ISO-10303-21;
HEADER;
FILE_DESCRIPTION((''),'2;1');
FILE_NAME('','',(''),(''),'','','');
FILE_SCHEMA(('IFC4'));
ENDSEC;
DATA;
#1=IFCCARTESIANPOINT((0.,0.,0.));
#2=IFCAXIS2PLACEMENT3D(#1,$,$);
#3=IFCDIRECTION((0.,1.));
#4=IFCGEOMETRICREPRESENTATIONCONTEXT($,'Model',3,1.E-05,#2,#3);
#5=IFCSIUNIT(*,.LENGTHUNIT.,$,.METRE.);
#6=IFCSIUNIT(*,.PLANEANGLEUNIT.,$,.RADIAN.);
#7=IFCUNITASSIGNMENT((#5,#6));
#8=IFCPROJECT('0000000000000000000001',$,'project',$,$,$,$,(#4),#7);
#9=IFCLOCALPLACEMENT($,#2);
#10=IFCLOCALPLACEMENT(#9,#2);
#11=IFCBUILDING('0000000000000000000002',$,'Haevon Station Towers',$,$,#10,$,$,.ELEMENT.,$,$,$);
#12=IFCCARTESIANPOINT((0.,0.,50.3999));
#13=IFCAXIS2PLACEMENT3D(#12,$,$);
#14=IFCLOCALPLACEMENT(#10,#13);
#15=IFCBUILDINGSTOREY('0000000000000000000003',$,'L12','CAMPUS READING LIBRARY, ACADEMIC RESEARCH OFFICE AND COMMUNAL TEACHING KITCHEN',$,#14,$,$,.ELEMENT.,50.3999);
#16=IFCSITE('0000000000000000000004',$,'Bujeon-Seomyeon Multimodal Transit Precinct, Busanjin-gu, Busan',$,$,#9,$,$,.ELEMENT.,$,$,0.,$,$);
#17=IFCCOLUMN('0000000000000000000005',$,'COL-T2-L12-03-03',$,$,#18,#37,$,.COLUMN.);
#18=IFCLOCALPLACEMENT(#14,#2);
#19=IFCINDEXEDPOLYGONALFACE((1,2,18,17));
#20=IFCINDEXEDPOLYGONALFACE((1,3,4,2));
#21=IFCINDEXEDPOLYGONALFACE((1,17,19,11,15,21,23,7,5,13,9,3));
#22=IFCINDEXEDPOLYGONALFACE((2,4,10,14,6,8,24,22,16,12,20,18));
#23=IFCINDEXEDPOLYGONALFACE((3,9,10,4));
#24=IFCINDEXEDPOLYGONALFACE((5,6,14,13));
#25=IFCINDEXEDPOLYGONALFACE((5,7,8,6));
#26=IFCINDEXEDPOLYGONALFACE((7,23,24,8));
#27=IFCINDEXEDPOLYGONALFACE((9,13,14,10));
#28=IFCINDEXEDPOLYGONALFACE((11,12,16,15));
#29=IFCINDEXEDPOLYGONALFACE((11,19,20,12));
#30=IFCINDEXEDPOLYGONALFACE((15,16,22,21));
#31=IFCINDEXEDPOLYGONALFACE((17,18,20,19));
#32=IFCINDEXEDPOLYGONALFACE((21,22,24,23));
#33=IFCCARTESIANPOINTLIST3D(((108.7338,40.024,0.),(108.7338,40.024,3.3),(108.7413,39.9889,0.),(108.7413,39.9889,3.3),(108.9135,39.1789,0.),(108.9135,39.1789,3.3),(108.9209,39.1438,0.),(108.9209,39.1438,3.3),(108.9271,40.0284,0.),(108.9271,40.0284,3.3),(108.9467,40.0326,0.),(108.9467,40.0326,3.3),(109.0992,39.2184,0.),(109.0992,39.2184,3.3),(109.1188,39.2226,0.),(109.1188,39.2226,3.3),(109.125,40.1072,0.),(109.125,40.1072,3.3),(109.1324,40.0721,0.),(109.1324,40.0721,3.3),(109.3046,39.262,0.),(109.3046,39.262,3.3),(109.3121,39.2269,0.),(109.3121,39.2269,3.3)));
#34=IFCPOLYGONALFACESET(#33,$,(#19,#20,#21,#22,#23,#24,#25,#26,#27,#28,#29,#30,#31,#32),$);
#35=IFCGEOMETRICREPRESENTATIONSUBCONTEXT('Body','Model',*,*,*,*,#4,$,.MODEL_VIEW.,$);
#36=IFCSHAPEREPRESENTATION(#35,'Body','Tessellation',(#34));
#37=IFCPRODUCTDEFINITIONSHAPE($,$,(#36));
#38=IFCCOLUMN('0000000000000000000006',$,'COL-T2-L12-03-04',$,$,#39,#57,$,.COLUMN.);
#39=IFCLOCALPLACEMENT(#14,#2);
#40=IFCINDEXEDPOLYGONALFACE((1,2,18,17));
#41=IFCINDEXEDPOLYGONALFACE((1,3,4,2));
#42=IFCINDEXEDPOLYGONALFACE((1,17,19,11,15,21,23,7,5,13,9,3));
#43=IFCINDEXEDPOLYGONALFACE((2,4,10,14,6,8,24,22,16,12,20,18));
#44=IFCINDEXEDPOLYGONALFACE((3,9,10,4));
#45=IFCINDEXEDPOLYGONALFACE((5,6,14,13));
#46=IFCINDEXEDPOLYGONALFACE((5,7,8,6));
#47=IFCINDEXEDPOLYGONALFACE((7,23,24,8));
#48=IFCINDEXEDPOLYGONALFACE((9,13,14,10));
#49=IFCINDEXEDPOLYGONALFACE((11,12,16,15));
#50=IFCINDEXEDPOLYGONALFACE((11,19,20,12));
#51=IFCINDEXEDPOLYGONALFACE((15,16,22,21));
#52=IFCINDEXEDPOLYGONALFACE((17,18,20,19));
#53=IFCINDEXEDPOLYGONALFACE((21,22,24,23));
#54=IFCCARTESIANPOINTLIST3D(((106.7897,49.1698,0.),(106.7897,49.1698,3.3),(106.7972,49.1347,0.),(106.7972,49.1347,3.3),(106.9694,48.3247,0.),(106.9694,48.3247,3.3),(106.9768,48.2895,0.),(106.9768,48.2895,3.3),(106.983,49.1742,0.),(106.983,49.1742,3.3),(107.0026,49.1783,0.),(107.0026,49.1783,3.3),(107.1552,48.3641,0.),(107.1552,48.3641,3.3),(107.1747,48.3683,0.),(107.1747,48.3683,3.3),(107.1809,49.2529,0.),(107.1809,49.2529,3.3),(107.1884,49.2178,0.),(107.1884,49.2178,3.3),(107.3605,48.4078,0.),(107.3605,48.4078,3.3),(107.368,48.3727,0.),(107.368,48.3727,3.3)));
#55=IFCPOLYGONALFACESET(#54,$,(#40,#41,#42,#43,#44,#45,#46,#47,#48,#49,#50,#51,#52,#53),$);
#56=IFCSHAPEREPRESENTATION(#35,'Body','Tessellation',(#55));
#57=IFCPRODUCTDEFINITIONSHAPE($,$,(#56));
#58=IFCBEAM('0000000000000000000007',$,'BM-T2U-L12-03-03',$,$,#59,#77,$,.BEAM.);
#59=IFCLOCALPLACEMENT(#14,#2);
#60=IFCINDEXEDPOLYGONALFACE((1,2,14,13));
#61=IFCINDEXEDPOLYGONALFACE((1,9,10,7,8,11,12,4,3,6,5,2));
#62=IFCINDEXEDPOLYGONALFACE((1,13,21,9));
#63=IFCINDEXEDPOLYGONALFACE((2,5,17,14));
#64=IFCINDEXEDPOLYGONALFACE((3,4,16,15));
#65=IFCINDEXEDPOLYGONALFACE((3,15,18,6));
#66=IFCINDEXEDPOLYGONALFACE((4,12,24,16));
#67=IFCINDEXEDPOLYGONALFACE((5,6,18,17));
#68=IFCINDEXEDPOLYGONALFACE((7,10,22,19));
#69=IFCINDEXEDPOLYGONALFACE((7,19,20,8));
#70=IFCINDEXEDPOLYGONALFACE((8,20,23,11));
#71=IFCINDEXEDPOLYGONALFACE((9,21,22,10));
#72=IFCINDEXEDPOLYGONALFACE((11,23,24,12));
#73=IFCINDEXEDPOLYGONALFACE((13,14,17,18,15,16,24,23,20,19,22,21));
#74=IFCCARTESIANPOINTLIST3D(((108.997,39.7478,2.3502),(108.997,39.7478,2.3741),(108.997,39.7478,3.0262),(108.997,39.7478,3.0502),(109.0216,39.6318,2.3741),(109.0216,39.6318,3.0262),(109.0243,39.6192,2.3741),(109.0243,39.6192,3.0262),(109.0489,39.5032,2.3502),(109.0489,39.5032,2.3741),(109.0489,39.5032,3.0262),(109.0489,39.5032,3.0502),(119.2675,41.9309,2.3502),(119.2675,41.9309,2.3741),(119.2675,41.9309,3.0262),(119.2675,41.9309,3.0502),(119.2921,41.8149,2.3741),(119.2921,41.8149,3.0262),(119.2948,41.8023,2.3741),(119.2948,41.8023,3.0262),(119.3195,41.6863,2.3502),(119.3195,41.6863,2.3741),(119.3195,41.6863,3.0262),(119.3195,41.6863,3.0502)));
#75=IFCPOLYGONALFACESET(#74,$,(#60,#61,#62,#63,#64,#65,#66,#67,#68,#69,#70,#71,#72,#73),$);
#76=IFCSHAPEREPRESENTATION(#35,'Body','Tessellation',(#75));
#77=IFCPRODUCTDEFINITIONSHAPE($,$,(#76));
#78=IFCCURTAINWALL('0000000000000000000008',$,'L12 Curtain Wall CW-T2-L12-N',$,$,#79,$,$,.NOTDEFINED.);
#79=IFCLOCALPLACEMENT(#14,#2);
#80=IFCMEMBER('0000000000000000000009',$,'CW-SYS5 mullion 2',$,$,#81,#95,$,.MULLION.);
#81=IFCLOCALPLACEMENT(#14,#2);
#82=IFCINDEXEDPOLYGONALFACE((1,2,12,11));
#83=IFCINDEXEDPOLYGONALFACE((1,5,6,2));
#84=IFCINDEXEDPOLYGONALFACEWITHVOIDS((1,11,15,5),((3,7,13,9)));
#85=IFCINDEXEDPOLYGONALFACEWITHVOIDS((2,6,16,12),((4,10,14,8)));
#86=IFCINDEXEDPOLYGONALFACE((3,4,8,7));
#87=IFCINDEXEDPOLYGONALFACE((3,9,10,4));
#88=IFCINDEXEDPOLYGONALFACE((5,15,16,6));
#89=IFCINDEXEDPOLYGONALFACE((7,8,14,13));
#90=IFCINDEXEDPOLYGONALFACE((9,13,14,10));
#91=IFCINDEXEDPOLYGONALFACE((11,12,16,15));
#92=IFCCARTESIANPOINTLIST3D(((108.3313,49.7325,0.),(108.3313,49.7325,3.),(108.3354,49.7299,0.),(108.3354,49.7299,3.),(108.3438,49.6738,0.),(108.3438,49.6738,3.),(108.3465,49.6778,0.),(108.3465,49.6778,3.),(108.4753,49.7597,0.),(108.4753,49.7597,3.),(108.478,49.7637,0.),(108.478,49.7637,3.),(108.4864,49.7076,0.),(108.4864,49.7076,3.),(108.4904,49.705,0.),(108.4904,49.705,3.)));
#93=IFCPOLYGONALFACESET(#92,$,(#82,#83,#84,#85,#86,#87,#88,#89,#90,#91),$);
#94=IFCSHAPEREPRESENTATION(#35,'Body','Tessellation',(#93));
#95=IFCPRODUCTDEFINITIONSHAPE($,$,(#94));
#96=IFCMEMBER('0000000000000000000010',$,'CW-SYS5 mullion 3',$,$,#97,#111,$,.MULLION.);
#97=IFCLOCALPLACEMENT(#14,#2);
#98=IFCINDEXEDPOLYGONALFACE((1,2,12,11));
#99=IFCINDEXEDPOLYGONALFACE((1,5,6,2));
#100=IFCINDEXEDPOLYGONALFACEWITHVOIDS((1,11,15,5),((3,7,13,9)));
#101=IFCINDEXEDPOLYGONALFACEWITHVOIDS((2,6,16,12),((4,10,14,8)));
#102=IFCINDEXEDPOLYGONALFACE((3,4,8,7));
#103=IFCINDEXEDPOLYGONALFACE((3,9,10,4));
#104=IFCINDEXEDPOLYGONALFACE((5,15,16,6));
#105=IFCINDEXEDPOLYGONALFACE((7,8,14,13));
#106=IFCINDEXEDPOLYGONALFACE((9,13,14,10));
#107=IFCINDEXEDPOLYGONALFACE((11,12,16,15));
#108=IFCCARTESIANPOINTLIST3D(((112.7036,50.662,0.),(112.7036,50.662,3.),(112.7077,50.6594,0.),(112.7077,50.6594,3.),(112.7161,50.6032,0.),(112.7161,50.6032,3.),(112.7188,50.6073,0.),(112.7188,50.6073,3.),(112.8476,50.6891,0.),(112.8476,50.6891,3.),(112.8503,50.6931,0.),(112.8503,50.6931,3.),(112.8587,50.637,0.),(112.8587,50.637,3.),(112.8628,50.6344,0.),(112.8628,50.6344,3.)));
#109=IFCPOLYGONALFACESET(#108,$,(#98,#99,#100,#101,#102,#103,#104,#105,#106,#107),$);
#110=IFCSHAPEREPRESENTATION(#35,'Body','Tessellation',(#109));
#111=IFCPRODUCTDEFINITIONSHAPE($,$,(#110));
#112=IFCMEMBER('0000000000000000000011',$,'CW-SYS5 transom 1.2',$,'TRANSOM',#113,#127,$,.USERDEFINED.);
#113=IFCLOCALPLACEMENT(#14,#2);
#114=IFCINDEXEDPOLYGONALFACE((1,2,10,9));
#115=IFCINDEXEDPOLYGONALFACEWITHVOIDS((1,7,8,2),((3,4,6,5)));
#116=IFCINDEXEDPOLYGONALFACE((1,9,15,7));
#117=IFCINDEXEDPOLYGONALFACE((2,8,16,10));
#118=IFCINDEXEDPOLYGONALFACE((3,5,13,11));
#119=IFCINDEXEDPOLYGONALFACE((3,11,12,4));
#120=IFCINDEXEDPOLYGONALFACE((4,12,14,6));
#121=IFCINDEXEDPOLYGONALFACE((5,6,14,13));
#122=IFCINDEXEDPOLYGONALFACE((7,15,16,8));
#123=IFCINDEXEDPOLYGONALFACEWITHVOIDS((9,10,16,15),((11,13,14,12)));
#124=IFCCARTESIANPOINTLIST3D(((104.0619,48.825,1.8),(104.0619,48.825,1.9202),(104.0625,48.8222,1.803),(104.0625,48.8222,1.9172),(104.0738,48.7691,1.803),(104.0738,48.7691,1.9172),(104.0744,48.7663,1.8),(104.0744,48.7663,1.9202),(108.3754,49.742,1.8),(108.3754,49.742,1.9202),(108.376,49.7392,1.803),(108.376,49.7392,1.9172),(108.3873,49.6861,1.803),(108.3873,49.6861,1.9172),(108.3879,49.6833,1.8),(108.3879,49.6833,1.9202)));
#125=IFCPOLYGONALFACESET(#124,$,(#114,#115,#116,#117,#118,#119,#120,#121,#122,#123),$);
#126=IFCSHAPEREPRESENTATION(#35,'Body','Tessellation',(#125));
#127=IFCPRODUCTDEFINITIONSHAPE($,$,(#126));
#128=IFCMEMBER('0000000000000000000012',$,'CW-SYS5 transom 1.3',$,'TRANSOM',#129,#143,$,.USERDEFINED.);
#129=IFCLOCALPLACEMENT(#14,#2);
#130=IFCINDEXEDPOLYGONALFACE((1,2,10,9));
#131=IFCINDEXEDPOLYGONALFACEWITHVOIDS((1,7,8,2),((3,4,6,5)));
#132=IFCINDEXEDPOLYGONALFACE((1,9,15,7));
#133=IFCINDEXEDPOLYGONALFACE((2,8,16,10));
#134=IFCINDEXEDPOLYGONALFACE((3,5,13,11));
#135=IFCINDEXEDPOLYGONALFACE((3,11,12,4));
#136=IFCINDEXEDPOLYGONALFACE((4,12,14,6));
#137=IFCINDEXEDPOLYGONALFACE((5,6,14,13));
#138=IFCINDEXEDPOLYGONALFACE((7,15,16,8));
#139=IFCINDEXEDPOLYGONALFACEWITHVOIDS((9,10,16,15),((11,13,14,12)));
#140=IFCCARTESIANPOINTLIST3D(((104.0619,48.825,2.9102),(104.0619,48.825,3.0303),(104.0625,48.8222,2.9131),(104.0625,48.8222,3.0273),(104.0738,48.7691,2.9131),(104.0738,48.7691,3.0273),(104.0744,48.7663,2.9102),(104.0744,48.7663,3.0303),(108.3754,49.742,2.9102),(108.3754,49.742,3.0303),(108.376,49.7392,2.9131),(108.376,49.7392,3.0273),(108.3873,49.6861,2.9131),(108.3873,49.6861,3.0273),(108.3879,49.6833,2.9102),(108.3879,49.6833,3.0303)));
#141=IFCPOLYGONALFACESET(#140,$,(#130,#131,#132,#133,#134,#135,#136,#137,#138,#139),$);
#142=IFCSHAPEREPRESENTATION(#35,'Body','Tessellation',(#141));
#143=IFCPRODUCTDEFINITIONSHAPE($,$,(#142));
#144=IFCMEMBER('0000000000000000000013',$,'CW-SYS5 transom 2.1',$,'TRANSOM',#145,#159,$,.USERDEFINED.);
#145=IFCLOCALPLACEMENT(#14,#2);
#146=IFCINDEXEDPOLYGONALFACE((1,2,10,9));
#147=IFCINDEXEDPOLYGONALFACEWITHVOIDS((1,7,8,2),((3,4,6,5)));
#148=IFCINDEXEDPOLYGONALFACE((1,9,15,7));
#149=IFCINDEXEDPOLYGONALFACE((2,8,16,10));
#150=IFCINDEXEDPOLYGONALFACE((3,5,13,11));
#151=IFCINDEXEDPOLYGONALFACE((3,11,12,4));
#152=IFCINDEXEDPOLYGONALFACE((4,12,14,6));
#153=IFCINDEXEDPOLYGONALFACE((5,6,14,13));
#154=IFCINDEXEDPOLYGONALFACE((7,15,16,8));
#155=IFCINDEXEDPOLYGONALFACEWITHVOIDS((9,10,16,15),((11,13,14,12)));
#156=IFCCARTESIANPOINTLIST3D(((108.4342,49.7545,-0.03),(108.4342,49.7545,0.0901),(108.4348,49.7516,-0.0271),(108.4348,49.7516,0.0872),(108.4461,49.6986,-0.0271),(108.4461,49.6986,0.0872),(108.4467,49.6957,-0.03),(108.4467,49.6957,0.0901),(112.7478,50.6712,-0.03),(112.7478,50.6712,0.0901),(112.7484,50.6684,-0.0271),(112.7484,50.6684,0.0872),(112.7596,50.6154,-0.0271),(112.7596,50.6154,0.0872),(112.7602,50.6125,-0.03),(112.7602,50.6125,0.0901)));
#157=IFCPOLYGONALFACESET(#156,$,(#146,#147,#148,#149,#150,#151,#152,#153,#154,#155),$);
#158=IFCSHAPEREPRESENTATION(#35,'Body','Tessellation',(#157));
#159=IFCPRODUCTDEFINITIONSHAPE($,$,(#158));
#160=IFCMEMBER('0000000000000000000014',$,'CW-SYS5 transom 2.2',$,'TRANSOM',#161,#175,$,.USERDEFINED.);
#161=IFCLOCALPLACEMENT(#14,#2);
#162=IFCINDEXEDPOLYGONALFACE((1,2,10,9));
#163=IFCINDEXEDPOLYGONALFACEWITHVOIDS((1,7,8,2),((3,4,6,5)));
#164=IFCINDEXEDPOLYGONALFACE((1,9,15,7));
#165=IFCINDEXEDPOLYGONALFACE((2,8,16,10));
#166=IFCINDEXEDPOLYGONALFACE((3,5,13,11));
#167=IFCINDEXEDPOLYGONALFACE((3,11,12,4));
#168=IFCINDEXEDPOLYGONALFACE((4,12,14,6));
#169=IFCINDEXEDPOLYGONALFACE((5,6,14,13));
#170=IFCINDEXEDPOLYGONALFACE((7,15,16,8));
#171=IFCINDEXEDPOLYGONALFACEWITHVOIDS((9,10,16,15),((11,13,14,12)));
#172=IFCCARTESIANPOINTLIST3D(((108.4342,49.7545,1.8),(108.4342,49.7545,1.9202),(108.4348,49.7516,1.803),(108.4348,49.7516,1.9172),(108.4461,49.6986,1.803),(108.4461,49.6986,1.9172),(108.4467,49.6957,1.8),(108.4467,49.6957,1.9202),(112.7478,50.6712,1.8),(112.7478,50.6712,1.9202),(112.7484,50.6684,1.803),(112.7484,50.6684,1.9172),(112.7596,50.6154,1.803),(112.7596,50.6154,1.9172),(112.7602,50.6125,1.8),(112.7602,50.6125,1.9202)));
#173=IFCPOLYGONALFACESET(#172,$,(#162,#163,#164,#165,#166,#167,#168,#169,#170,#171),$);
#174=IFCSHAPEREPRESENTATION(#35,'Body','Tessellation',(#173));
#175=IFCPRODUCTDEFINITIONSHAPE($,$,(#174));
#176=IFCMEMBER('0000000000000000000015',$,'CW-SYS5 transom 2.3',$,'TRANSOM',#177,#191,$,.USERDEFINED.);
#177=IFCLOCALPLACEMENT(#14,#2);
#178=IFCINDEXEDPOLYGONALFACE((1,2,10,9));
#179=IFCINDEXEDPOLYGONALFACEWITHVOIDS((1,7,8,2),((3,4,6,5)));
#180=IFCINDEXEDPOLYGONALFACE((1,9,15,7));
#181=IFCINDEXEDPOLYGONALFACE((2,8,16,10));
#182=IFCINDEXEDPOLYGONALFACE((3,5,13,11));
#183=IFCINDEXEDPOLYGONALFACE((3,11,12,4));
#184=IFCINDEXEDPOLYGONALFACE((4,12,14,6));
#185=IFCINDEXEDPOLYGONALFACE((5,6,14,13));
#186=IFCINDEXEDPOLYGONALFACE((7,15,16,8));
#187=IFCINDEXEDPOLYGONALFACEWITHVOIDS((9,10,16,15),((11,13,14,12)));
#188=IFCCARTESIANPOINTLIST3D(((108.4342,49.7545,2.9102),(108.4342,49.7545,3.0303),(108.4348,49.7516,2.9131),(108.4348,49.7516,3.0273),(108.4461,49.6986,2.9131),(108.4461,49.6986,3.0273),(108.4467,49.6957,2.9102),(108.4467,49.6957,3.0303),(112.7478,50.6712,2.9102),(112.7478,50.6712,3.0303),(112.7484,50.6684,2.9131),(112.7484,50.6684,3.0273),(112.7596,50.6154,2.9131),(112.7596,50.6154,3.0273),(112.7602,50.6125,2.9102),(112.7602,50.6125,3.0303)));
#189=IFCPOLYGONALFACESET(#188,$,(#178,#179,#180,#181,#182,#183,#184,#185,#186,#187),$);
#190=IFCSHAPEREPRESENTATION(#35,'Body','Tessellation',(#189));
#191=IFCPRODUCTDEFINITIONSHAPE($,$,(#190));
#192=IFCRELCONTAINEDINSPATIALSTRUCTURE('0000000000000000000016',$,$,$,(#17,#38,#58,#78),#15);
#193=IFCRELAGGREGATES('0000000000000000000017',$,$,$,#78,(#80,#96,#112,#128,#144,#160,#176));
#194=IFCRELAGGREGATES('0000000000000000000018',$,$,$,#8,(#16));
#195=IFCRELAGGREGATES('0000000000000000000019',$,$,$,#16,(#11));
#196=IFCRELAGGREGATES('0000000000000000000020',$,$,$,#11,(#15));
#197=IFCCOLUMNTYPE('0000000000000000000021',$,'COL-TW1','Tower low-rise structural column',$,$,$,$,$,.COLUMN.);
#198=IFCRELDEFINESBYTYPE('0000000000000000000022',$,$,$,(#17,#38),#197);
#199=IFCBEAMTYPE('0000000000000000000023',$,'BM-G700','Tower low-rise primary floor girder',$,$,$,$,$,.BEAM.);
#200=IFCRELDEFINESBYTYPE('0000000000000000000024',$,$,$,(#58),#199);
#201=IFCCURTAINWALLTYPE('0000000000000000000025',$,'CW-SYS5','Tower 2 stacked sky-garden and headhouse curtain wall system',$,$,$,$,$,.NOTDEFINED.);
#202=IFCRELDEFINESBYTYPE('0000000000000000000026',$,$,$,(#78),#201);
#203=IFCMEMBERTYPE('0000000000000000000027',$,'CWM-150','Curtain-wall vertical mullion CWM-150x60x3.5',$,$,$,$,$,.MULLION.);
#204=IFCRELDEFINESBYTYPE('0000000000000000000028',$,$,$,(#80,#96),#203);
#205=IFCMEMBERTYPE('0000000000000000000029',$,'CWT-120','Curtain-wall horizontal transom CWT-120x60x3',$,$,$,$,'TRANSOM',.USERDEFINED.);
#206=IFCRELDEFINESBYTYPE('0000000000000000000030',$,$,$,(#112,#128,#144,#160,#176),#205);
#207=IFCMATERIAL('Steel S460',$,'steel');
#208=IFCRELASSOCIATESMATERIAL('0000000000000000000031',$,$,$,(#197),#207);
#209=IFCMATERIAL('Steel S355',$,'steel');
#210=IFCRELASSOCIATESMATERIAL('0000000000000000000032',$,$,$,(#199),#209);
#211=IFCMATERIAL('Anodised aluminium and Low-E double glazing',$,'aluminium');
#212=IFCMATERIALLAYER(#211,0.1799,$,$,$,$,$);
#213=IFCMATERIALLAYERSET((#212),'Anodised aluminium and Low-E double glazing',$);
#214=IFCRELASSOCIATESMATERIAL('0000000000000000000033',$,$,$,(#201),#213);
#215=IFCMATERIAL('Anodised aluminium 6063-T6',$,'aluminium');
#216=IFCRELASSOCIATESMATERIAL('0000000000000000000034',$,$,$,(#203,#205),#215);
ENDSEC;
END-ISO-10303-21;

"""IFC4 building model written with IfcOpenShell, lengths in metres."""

from ifc_helpers import new_model, si_unit, direction, frame, origin, origin_2d, place, context, subcontext, project, spatial, hollow_rectangle, i_section, extrude, material, layer, layer_set, material_profile, profile_set, type_object, element, aggregate, save


model = new_model("IFC4")

# Units and contexts
model_context = context("Model", 3, precision=1e-05, world=origin(), true_north=direction((0.0, 1.0)))
body_context = subcontext(model_context, "Body", "Model", "MODEL_VIEW")
ifc_project = project(units=[si_unit("LENGTHUNIT", "METRE"), si_unit("PLANEANGLEUNIT", "RADIAN")], contexts=[model_context])

# Site, building, storey
site_placement = place(None, origin())
site = spatial("IfcSite", under=ifc_project, at=site_placement, Name="Bujeon-Seomyeon Multimodal Transit Precinct, Busanjin-gu, Busan", CompositionType="ELEMENT", RefElevation=0.0)
building_placement = place(site_placement, origin())
building = spatial("IfcBuilding", under=site, at=building_placement, Name="Haevon Station Towers", CompositionType="ELEMENT")
storey_placement = place(building_placement, frame((0.0, 0.0, 50.3999)))
storey = spatial("IfcBuildingStorey", under=building, at=storey_placement, Name="L12", Description="CAMPUS READING LIBRARY, ACADEMIC RESEARCH OFFICE AND COMMUNAL TEACHING KITCHEN", CompositionType="ELEMENT", Elevation=50.3999)

# Columns
ifc_material_1 = material(Name="Steel S460", Category="steel")
ifc_material_profile_1 = material_profile(ifc_material_1, i_section(OverallWidth=0.3999, OverallDepth=0.8999, WebThickness=0.02, FlangeThickness=0.0359, at=origin_2d()), Name="H-900x400x20x36")
ifc_profile_set_1 = profile_set([ifc_material_profile_1], Name="Steel S460")
column_type = type_object("IfcColumnType", Name="COL-TW1", Description="Tower low-rise structural column", PredefinedType="COLUMN", material=ifc_profile_set_1)
for number, where, z_axis, x_axis, name in (
    (1, (109.0229, 39.6255, 0.0), (0.0, 0.0, 1.0), (0.978148, 0.207912, 0.0), "COL-T2-L12-03-03"),
    (2, (107.0789, 48.7712, 0.0), (0.0, 0.0, 1.0), (0.978148, 0.207912, 0.0), "COL-T2-L12-03-04"),
):
    element("IfcColumn", number, at=place(storey_placement, frame(where, z_axis=z_axis, x_axis=x_axis)), inside=storey, type_object=column_type, Name=name, PredefinedType="COLUMN", context=body_context, shape_type="SweptSolid", body=[
        extrude(i_section(OverallWidth=0.3999, OverallDepth=0.8999, WebThickness=0.02, FlangeThickness=0.0359, at=origin_2d()), origin(), (0.0, 0.0, 1.0), 3.3),
    ])

# Beam
ifc_material_2 = material(Name="Steel S355", Category="steel")
ifc_material_profile_2 = material_profile(ifc_material_2, i_section(OverallWidth=0.25, OverallDepth=0.7, WebThickness=0.0129, FlangeThickness=0.0239, at=origin_2d()), Name="H-700x250x13x24")
ifc_profile_set_2 = profile_set([ifc_material_profile_2], Name="Steel S355")
beam_type = type_object("IfcBeamType", Name="BM-G700", Description="Tower low-rise primary floor girder", PredefinedType="BEAM", material=ifc_profile_set_2)
beam_placement = place(storey_placement, frame((109.0229, 39.6255, 2.7002), z_axis=(0.978147, 0.207915, 0.0), x_axis=(-0.207915, 0.978147, 0.0)))
element("IfcBeam", 3, at=beam_placement, inside=storey, type_object=beam_type, Name="BM-T2U-L12-03-03", PredefinedType="BEAM", context=body_context, shape_type="SweptSolid", body=[
    extrude(i_section(OverallWidth=0.25, OverallDepth=0.7, WebThickness=0.0129, FlangeThickness=0.0239, at=origin_2d()), origin(), (0.0, 0.0, 1.0), 10.5),
])

# Curtain wall, members
ifc_material_3 = material(Name="Anodised aluminium and Low-E double glazing", Category="aluminium")
ifc_layer_1 = layer(ifc_material_3, 0.1799)
ifc_layer_set_1 = layer_set([ifc_layer_1], Name="Anodised aluminium and Low-E double glazing")
curtain_wall_type = type_object("IfcCurtainWallType", Name="CW-SYS5", Description="Tower 2 stacked sky-garden and headhouse curtain wall system", PredefinedType="NOTDEFINED", material=ifc_layer_set_1)
curtain_wall_placement = place(storey_placement, origin())
curtain_wall = element("IfcCurtainWall", 4, at=curtain_wall_placement, inside=storey, type_object=curtain_wall_type, Name="L12 Curtain Wall CW-T2-L12-N", PredefinedType="NOTDEFINED")
ifc_material_4 = material(Name="Anodised aluminium 6063-T6", Category="aluminium")
ifc_material_profile_3 = material_profile(ifc_material_4, hollow_rectangle(XDim=0.0601, YDim=0.1499, WallThickness=0.0034, at=origin_2d()), Name="CWM-150x60x3.5")
ifc_profile_set_3 = profile_set([ifc_material_profile_3], Name="Anodised aluminium 6063-T6")
member_type_1 = type_object("IfcMemberType", Name="CWM-150", Description="Curtain-wall vertical mullion CWM-150x60x3.5", PredefinedType="MULLION", material=ifc_profile_set_3)
member_1_placement = place(storey_placement, frame((108.4109, 49.7188, 0.0), z_axis=(0.0, 0.0, 1.0), x_axis=(-0.207912, 0.978148, 0.0)))
member_1 = element("IfcMember", 5, at=member_1_placement, type_object=member_type_1, Name="CW-SYS5 mullion 2", PredefinedType="MULLION", context=body_context, shape_type="SweptSolid", body=[
    extrude(hollow_rectangle(XDim=0.0601, YDim=0.1499, WallThickness=0.0034, at=origin_2d()), origin(), (0.0, 0.0, 1.0), 3.0),
])
member_2_placement = place(storey_placement, frame((112.7832, 50.6482, 0.0), z_axis=(0.0, 0.0, 1.0), x_axis=(-0.207912, 0.978148, 0.0)))
member_2 = element("IfcMember", 6, at=member_2_placement, type_object=member_type_1, Name="CW-SYS5 mullion 3", PredefinedType="MULLION", context=body_context, shape_type="SweptSolid", body=[
    extrude(hollow_rectangle(XDim=0.0601, YDim=0.1499, WallThickness=0.0034, at=origin_2d()), origin(), (0.0, 0.0, 1.0), 3.0),
])
ifc_material_profile_4 = material_profile(ifc_material_4, hollow_rectangle(XDim=0.0601, YDim=0.1201, WallThickness=0.0029, at=origin_2d()), Name="CWT-120x60x3")
ifc_profile_set_4 = profile_set([ifc_material_profile_4], Name="Anodised aluminium 6063-T6")
member_type_2 = type_object("IfcMemberType", Name="CWT-120", Description="Curtain-wall horizontal transom CWT-120x60x3", ElementType="TRANSOM", PredefinedType="USERDEFINED", material=ifc_profile_set_4)
member_3_placement = place(storey_placement, frame((104.0681, 48.7957, 1.8601), z_axis=(0.978141, 0.207941, 0.0), x_axis=(-0.207941, 0.978141, 0.0)))
member_3 = element("IfcMember", 7, at=member_3_placement, type_object=member_type_2, Name="CW-SYS5 transom 1.2", ObjectType="TRANSOM", PredefinedType="USERDEFINED", context=body_context, shape_type="SweptSolid", body=[
    extrude(hollow_rectangle(XDim=0.0601, YDim=0.1201, WallThickness=0.0029, at=origin_2d()), origin(), (0.0, 0.0, 1.0), 4.4099),
])
member_4_placement = place(storey_placement, frame((104.0681, 48.7957, 2.9702), z_axis=(0.978141, 0.207941, 0.0), x_axis=(-0.207941, 0.978141, 0.0)))
member_4 = element("IfcMember", 8, at=member_4_placement, type_object=member_type_2, Name="CW-SYS5 transom 1.3", ObjectType="TRANSOM", PredefinedType="USERDEFINED", context=body_context, shape_type="SweptSolid", body=[
    extrude(hollow_rectangle(XDim=0.0601, YDim=0.1201, WallThickness=0.0029, at=origin_2d()), origin(), (0.0, 0.0, 1.0), 4.4099),
])
member_5_placement = place(storey_placement, frame((108.4404, 49.7251, 0.03), z_axis=(0.978153, 0.207888, 0.0), x_axis=(-0.207888, 0.978153, 0.0)))
member_5 = element("IfcMember", 9, at=member_5_placement, type_object=member_type_2, Name="CW-SYS5 transom 2.1", ObjectType="TRANSOM", PredefinedType="USERDEFINED", context=body_context, shape_type="SweptSolid", body=[
    extrude(hollow_rectangle(XDim=0.0601, YDim=0.1201, WallThickness=0.0029, at=origin_2d()), origin(), (0.0, 0.0, 1.0), 4.4099),
])
member_6_placement = place(storey_placement, frame((108.4404, 49.7251, 1.8601), z_axis=(0.978153, 0.207888, 0.0), x_axis=(-0.207888, 0.978153, 0.0)))
member_6 = element("IfcMember", 10, at=member_6_placement, type_object=member_type_2, Name="CW-SYS5 transom 2.2", ObjectType="TRANSOM", PredefinedType="USERDEFINED", context=body_context, shape_type="SweptSolid", body=[
    extrude(hollow_rectangle(XDim=0.0601, YDim=0.1201, WallThickness=0.0029, at=origin_2d()), origin(), (0.0, 0.0, 1.0), 4.4099),
])
member_7_placement = place(storey_placement, frame((108.4404, 49.7251, 2.9702), z_axis=(0.978153, 0.207888, 0.0), x_axis=(-0.207888, 0.978153, 0.0)))
member_7 = element("IfcMember", 11, at=member_7_placement, type_object=member_type_2, Name="CW-SYS5 transom 2.3", ObjectType="TRANSOM", PredefinedType="USERDEFINED", context=body_context, shape_type="SweptSolid", body=[
    extrude(hollow_rectangle(XDim=0.0601, YDim=0.1201, WallThickness=0.0029, at=origin_2d()), origin(), (0.0, 0.0, 1.0), 4.4099),
])
aggregate(curtain_wall, [member_1, member_2, member_3, member_4, member_5, member_6, member_7])

save(model, "model.ifc")
